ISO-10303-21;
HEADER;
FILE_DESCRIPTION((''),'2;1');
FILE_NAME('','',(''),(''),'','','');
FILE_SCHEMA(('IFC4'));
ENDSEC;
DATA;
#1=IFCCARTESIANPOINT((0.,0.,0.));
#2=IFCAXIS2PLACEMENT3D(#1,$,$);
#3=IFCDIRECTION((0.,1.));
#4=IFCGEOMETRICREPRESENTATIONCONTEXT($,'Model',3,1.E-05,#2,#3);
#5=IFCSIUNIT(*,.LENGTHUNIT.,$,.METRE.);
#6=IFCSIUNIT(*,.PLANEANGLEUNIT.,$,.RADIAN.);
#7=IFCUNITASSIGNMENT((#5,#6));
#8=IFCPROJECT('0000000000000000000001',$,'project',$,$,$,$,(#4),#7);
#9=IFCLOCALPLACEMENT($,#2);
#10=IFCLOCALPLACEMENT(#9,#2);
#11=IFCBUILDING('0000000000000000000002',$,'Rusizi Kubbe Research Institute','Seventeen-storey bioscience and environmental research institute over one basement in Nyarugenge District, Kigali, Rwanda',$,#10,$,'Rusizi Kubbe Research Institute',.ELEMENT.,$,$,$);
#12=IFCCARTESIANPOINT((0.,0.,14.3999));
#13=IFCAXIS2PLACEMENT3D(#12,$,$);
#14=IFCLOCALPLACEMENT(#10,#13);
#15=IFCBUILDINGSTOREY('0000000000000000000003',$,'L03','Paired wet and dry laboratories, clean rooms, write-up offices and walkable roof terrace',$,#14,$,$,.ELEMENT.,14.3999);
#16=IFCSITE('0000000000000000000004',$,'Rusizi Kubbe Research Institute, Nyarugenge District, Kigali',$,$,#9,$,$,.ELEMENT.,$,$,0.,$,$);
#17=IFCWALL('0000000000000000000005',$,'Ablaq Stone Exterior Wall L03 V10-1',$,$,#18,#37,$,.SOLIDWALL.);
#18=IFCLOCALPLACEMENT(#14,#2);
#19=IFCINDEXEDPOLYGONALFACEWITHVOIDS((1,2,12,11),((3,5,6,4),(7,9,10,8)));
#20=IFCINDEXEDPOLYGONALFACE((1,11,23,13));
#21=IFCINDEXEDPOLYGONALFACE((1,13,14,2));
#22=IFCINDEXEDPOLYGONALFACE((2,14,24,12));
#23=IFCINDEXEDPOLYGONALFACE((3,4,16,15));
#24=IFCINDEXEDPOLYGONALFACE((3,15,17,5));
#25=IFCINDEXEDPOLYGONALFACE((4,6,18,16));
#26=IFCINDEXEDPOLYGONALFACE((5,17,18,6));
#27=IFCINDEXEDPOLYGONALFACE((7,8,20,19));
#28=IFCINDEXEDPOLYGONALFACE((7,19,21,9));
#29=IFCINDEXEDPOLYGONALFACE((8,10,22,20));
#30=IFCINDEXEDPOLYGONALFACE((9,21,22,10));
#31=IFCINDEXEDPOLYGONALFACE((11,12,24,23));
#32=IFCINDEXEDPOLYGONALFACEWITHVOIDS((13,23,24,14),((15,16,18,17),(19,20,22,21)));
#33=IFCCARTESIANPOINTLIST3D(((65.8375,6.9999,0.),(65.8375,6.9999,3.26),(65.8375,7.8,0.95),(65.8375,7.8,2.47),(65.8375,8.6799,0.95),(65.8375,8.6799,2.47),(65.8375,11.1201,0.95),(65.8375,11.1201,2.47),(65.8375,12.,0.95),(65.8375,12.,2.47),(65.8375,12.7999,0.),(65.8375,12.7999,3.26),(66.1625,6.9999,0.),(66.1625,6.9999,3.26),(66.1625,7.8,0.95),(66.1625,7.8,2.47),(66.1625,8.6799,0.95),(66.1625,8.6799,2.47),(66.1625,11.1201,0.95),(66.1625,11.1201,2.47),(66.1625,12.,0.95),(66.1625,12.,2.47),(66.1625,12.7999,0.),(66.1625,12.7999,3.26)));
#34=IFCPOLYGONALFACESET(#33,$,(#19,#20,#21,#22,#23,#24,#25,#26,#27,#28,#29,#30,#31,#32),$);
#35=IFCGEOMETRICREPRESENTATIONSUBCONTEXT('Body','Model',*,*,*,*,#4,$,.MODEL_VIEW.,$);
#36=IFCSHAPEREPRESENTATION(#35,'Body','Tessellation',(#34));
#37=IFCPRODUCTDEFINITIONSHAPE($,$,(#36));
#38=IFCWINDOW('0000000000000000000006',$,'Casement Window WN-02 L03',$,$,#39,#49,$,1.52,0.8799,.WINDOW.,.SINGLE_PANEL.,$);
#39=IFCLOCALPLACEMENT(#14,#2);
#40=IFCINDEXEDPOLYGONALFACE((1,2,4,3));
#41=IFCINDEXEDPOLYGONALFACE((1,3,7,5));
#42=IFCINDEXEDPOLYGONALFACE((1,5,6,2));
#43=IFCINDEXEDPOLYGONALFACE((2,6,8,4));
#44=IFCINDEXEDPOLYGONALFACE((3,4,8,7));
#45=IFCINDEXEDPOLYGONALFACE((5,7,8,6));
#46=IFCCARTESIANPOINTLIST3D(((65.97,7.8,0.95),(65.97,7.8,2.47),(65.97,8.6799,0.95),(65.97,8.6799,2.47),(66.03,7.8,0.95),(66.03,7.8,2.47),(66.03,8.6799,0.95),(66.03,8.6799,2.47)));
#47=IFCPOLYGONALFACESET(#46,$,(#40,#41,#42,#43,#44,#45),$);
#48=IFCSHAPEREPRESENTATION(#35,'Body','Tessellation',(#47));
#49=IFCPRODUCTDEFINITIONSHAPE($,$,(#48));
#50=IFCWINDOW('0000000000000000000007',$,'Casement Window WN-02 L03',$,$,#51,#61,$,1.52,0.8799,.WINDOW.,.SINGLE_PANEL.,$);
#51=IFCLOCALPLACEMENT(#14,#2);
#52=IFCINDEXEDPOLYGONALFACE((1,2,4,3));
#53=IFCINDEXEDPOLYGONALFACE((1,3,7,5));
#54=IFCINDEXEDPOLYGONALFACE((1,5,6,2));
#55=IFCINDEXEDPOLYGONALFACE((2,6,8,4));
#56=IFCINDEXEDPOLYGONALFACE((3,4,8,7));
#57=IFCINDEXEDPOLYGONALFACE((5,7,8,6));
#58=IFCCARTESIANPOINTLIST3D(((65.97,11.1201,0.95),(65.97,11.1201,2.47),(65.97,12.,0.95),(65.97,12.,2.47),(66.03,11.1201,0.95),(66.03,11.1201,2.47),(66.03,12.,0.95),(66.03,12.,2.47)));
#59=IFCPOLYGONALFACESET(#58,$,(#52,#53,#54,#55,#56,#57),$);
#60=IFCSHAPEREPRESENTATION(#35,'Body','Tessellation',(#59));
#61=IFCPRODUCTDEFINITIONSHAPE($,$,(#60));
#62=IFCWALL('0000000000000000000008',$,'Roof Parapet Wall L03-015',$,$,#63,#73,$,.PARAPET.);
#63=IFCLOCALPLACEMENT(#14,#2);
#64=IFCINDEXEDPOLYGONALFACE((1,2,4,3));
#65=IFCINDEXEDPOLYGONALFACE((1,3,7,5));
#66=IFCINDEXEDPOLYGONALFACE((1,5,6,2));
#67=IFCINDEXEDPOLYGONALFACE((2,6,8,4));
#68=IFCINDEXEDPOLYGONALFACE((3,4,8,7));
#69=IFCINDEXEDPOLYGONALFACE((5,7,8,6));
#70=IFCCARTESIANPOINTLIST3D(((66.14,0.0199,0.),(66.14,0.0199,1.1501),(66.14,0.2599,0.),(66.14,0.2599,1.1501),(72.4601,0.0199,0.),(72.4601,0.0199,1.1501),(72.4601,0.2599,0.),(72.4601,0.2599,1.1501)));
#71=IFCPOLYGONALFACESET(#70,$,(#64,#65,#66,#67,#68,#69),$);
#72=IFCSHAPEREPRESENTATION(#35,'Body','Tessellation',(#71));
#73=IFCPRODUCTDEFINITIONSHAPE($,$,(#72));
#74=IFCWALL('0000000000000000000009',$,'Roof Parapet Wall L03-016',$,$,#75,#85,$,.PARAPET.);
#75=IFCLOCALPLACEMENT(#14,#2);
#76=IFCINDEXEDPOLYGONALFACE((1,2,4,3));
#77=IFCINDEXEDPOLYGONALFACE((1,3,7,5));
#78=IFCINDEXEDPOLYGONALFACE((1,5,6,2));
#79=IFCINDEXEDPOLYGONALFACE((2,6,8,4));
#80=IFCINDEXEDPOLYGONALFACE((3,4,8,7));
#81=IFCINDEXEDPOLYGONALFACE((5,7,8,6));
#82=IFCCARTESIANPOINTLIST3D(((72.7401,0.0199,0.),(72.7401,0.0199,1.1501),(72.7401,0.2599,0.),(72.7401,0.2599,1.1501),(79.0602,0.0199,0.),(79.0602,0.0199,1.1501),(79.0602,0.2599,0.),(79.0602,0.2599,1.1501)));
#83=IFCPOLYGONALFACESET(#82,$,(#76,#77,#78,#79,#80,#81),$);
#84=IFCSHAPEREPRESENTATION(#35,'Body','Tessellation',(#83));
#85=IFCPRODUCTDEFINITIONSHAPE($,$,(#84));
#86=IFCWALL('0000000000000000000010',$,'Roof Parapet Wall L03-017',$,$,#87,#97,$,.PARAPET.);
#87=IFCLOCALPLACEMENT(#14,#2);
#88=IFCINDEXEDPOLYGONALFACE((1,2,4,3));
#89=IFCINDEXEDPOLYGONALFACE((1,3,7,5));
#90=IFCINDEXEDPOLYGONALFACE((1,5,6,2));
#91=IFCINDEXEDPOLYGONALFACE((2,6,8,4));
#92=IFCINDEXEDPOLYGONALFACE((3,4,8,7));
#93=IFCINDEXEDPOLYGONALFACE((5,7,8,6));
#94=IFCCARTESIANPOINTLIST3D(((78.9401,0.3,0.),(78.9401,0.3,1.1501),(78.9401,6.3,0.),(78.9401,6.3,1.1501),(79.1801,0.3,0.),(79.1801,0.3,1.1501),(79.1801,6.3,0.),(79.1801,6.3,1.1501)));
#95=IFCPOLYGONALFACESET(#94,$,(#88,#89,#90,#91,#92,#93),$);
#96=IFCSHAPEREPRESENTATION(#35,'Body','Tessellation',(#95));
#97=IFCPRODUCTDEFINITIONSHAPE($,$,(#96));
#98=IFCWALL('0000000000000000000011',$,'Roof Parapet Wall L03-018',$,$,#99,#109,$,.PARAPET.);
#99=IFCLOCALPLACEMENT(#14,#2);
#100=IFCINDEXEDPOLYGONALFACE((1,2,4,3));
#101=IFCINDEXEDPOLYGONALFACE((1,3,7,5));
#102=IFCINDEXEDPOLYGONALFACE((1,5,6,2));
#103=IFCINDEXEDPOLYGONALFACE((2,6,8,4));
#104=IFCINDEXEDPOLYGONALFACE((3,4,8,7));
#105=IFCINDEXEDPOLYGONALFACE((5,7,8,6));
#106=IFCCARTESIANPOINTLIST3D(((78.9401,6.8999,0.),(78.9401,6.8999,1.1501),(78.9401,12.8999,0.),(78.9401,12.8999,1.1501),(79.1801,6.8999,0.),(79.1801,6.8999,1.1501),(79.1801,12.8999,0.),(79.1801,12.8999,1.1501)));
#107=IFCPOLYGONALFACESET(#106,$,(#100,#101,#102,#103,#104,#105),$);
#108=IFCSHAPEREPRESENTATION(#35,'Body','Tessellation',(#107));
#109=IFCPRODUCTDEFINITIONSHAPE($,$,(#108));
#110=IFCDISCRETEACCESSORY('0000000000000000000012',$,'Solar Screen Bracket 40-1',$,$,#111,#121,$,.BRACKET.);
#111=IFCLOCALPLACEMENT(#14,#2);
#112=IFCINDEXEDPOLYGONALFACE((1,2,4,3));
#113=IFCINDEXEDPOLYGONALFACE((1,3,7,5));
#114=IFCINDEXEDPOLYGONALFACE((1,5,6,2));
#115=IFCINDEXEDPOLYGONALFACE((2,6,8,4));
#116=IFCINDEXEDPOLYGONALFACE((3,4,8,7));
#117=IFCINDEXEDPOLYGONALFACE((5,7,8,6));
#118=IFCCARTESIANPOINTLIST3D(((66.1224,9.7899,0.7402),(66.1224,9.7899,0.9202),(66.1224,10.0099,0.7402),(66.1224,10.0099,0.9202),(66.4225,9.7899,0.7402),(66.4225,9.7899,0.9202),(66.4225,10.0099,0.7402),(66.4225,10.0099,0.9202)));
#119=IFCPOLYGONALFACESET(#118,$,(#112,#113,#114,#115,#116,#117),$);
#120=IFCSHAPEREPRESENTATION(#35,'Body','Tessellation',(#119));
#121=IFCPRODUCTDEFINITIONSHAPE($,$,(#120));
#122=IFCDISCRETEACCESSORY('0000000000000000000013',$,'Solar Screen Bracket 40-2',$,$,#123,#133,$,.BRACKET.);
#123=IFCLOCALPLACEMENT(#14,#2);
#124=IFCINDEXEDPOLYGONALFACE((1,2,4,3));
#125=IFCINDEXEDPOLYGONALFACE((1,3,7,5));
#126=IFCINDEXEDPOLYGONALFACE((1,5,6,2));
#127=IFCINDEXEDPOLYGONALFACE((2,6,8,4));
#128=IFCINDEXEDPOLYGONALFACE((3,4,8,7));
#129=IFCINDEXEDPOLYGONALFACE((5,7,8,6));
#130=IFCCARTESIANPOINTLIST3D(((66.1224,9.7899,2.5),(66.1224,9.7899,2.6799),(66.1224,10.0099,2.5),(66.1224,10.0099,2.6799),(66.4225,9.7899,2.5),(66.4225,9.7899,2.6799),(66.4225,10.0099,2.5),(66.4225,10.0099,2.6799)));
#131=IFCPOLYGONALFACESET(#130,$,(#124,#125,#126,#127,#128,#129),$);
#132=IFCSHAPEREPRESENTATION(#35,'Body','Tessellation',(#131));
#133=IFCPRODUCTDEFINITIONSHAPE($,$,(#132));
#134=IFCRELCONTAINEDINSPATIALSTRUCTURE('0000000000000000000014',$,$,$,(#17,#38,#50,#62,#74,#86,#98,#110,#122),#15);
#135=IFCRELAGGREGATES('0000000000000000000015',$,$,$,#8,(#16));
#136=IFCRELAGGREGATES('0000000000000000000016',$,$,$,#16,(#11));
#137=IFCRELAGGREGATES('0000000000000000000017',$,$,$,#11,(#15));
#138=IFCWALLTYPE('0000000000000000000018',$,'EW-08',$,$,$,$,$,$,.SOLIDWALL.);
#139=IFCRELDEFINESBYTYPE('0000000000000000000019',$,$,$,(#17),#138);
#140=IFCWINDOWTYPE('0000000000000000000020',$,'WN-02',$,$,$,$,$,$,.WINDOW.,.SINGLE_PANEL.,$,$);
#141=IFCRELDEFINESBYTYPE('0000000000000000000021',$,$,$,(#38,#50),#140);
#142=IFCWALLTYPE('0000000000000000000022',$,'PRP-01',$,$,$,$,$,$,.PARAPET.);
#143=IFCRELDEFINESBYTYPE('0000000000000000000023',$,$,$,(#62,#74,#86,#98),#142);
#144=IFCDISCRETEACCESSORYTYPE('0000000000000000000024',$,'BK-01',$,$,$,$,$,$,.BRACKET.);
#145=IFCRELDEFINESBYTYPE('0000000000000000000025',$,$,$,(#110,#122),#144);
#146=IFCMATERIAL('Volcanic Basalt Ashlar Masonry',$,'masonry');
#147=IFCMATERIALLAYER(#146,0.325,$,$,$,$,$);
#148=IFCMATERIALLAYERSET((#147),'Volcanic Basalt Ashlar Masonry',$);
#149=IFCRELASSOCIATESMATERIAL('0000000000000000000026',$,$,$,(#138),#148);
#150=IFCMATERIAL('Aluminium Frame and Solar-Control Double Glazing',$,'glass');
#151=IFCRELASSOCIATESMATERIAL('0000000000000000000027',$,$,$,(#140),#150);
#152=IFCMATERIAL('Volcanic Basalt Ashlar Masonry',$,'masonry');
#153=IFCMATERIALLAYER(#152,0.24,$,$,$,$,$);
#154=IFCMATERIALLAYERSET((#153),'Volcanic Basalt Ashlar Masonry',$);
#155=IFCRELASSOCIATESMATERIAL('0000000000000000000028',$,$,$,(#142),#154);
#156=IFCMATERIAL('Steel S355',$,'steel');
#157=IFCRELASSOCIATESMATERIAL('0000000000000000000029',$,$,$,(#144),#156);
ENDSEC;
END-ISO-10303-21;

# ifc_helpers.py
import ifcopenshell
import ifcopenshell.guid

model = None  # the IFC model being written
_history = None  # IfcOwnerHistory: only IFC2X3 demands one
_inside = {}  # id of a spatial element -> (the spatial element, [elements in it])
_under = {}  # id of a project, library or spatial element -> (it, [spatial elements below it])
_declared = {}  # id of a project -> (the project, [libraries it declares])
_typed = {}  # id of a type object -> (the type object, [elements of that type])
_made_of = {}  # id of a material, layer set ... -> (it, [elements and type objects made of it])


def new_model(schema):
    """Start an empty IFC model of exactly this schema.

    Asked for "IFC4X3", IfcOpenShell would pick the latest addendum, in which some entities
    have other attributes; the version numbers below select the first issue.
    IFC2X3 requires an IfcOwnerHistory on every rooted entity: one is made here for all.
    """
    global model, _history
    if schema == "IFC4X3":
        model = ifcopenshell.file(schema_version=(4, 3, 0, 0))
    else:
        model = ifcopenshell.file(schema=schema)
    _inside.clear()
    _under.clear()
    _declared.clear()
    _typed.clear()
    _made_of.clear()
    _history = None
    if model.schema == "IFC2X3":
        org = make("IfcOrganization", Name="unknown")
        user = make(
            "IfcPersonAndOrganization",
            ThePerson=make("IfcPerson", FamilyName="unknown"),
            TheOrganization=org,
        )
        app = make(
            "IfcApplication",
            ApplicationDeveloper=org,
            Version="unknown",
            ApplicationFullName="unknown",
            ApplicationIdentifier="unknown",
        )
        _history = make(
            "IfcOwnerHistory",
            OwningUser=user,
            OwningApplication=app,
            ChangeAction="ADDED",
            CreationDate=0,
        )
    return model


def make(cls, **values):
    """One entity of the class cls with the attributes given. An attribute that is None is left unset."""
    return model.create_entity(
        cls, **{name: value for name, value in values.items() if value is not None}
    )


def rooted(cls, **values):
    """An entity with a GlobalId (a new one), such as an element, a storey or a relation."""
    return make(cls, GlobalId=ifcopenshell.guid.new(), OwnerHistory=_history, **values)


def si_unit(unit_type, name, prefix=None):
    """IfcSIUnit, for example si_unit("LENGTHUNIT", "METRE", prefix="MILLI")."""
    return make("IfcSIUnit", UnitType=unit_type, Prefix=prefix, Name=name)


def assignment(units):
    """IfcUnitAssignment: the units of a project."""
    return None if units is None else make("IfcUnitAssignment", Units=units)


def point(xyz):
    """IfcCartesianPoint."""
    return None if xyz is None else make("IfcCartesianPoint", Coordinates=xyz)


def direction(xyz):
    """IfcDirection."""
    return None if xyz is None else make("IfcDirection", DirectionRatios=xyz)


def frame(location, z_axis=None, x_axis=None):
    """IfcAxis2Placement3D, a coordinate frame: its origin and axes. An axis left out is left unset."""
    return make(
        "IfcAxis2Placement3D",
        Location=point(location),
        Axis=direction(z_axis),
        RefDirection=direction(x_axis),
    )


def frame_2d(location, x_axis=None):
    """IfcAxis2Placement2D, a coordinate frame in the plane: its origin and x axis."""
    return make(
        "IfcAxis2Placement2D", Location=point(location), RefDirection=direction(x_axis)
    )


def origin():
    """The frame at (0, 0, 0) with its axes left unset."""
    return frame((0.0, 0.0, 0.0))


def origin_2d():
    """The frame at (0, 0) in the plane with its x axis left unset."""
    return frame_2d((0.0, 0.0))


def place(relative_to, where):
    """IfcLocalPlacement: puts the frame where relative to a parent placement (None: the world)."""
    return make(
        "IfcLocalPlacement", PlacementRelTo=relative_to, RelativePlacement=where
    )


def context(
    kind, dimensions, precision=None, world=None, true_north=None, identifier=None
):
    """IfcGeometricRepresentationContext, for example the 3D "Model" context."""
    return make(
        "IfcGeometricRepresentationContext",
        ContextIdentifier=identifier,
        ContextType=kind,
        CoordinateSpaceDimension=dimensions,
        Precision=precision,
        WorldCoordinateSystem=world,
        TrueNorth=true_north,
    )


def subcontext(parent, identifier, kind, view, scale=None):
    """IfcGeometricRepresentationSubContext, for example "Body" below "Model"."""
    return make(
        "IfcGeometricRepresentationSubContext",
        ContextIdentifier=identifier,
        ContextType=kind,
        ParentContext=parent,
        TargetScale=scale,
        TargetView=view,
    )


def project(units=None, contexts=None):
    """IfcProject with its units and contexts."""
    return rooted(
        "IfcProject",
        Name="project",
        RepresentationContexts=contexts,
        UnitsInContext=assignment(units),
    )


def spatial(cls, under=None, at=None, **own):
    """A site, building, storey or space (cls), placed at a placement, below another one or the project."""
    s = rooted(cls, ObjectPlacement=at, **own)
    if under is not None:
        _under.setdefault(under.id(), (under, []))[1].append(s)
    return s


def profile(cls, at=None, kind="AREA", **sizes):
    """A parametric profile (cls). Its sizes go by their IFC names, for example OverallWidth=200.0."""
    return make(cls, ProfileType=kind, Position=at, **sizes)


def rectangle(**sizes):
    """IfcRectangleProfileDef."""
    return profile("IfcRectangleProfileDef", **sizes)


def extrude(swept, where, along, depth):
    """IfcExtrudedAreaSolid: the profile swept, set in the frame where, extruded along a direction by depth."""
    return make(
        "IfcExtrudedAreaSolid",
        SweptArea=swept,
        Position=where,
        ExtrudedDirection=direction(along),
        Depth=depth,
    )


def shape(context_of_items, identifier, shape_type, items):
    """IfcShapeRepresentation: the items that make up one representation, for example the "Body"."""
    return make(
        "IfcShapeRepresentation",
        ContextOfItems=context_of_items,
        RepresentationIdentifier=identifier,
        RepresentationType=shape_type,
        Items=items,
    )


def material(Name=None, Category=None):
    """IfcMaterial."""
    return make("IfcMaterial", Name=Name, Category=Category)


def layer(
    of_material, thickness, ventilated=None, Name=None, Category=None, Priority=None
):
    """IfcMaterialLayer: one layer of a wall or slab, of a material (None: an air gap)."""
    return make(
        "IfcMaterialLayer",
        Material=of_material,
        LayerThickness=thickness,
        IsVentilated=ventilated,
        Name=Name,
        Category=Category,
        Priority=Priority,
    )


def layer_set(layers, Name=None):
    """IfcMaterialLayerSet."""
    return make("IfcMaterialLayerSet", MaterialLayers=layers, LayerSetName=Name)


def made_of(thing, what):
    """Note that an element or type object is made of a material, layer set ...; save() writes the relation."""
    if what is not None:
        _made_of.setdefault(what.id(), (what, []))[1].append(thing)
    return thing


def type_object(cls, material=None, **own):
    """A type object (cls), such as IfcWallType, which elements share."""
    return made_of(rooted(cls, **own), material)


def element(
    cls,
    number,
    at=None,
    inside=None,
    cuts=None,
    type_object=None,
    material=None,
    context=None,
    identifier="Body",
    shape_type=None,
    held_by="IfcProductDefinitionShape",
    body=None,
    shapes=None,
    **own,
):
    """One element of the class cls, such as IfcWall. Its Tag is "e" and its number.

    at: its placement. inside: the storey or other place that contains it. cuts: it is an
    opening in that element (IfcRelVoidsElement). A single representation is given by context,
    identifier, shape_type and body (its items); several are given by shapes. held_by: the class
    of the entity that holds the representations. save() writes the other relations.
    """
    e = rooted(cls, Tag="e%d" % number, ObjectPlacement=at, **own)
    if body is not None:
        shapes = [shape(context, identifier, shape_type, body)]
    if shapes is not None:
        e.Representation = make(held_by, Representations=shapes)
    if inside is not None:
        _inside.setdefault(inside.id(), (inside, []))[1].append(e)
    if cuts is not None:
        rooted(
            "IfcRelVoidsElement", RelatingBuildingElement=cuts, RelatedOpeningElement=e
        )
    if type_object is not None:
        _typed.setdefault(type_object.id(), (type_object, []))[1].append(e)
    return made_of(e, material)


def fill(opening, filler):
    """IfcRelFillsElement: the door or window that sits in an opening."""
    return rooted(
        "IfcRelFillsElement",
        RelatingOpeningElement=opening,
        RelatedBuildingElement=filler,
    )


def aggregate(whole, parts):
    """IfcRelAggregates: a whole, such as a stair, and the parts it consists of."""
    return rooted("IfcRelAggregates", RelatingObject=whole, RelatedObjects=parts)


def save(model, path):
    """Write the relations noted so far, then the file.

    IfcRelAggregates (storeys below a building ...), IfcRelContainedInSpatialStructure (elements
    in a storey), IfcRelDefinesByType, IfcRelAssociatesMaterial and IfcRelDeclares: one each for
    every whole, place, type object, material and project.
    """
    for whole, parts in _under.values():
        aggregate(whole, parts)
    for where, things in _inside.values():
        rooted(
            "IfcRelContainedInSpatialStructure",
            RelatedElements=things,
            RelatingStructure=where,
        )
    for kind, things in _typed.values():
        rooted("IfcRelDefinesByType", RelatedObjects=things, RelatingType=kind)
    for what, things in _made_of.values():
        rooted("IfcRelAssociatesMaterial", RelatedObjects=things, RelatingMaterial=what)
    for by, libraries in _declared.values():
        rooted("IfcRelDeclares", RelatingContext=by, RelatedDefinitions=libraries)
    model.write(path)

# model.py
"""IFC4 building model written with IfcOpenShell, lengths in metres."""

from ifc_helpers import new_model, si_unit, direction, frame, frame_2d, origin, origin_2d, place, context, subcontext, project, spatial, rectangle, extrude, material, layer, layer_set, type_object, element, fill, save


model = new_model("IFC4")

# Units and contexts
model_context = context("Model", 3, precision=1e-05, world=origin(), true_north=direction((0.0, 1.0)))
body_context = subcontext(model_context, "Body", "Model", "MODEL_VIEW")
ifc_project = project(units=[si_unit("LENGTHUNIT", "METRE"), si_unit("PLANEANGLEUNIT", "RADIAN")], contexts=[model_context])

# Site, building, storey
site_placement = place(None, origin())
site = spatial("IfcSite", under=ifc_project, at=site_placement, Name="Rusizi Kubbe Research Institute, Nyarugenge District, Kigali", CompositionType="ELEMENT", RefElevation=0.0)
building_placement = place(site_placement, origin())
building = spatial("IfcBuilding", under=site, at=building_placement, Name="Rusizi Kubbe Research Institute", Description="Seventeen-storey bioscience and environmental research institute over one basement in Nyarugenge District, Kigali, Rwanda", LongName="Rusizi Kubbe Research Institute", CompositionType="ELEMENT")
storey_placement = place(building_placement, frame((0.0, 0.0, 14.3999)))
storey = spatial("IfcBuildingStorey", under=building, at=storey_placement, Name="L03", Description="Paired wet and dry laboratories, clean rooms, write-up offices and walkable roof terrace", CompositionType="ELEMENT", Elevation=14.3999)

# Wall, openings, windows
ifc_material_1 = material(Name="Volcanic Basalt Ashlar Masonry", Category="masonry")
ifc_layer_1 = layer(ifc_material_1, 0.325)
ifc_layer_set_1 = layer_set([ifc_layer_1], Name="Volcanic Basalt Ashlar Masonry")
wall_type_1 = type_object("IfcWallType", Name="EW-08", PredefinedType="SOLIDWALL", material=ifc_layer_set_1)
wall_placement = place(storey_placement, frame((66.0, 7.0, 0.0), z_axis=(0.0, 0.0, 1.0), x_axis=(0.0, 1.0, 0.0)))
wall = element("IfcWall", 1, at=wall_placement, inside=storey, type_object=wall_type_1, Name="Ablaq Stone Exterior Wall L03 V10-1", PredefinedType="SOLIDWALL", context=body_context, shape_type="SweptSolid", body=[
    extrude(rectangle(XDim=5.8, YDim=0.325, at=frame_2d((2.8999, 0.0))), origin(), (0.0, 0.0, 1.0), 3.26),
])
opening_1_placement = place(wall_placement, frame((0.8, 0.0, 0.95)))
opening_1 = element("IfcOpeningElement", 2, at=opening_1_placement, cuts=wall, PredefinedType="OPENING", context=body_context, shape_type="SweptSolid", body=[
    extrude(rectangle(XDim=0.8799, YDim=1.52, at=frame_2d((0.4399, 0.76))), frame((0.0, 0.1724, 0.0), z_axis=(0.0, -1.0, 0.0), x_axis=(1.0, 0.0, 0.0)), (0.0, 0.0, 1.0), 0.345),
])
opening_2_placement = place(wall_placement, frame((4.1201, 0.0, 0.95)))
opening_2 = element("IfcOpeningElement", 3, at=opening_2_placement, cuts=wall, PredefinedType="OPENING", context=body_context, shape_type="SweptSolid", body=[
    extrude(rectangle(XDim=0.8799, YDim=1.52, at=frame_2d((0.4399, 0.76))), frame((0.0, 0.1724, 0.0), z_axis=(0.0, -1.0, 0.0), x_axis=(1.0, 0.0, 0.0)), (0.0, 0.0, 1.0), 0.345),
])
ifc_material_2 = material(Name="Aluminium Frame and Solar-Control Double Glazing", Category="glass")
window_type = type_object("IfcWindowType", Name="WN-02", PartitioningType="SINGLE_PANEL", PredefinedType="WINDOW", material=ifc_material_2)
window_1_placement = place(opening_1_placement, origin())
window_1 = element("IfcWindow", 4, at=window_1_placement, inside=storey, type_object=window_type, Name="Casement Window WN-02 L03", OverallHeight=1.52, OverallWidth=0.8799, PartitioningType="SINGLE_PANEL", PredefinedType="WINDOW", context=body_context, shape_type="SweptSolid", body=[
    extrude(rectangle(XDim=0.8799, YDim=1.52, at=frame_2d((0.4399, 0.76))), frame((0.0, 0.03, 0.0), z_axis=(0.0, -1.0, 0.0), x_axis=(1.0, 0.0, 0.0)), (0.0, 0.0, 1.0), 0.0601),
])
fill(opening_1, window_1)
window_2_placement = place(opening_2_placement, origin())
window_2 = element("IfcWindow", 5, at=window_2_placement, inside=storey, type_object=window_type, Name="Casement Window WN-02 L03", OverallHeight=1.52, OverallWidth=0.8799, PartitioningType="SINGLE_PANEL", PredefinedType="WINDOW", context=body_context, shape_type="SweptSolid", body=[
    extrude(rectangle(XDim=0.8799, YDim=1.52, at=frame_2d((0.4399, 0.76))), frame((0.0, 0.03, 0.0), z_axis=(0.0, -1.0, 0.0), x_axis=(1.0, 0.0, 0.0)), (0.0, 0.0, 1.0), 0.0601),
])
fill(opening_2, window_2)

# Walls
ifc_material_3 = material(Name="Volcanic Basalt Ashlar Masonry", Category="masonry")
ifc_layer_2 = layer(ifc_material_3, 0.24)
ifc_layer_set_2 = layer_set([ifc_layer_2], Name="Volcanic Basalt Ashlar Masonry")
wall_type_2 = type_object("IfcWallType", Name="PRP-01", PredefinedType="PARAPET", material=ifc_layer_set_2)
for number, where, z_axis, x_axis, name in (
    (6, (66.1399, 0.1399, 0.0), (0.0, 0.0, 1.0), (1.0, 0.0, 0.0), "Roof Parapet Wall L03-015"),
    (7, (72.74, 0.1399, 0.0), (0.0, 0.0, 1.0), (1.0, 0.0, 0.0), "Roof Parapet Wall L03-016"),
):
    element("IfcWall", number, at=place(storey_placement, frame(where, z_axis=z_axis, x_axis=x_axis)), inside=storey, type_object=wall_type_2, Name=name, PredefinedType="PARAPET", context=body_context, shape_type="SweptSolid", body=[
        extrude(rectangle(XDim=6.3201, YDim=0.24, at=frame_2d((3.1602, 0.0))), origin(), (0.0, 0.0, 1.0), 1.1501),
    ])
for number, where, z_axis, x_axis, name in (
    (8, (79.0601, 0.3, 0.0), (0.0, 0.0, 1.0), (0.0, 1.0, 0.0), "Roof Parapet Wall L03-017"),
    (9, (79.0601, 6.8999, 0.0), (0.0, 0.0, 1.0), (0.0, 1.0, 0.0), "Roof Parapet Wall L03-018"),
):
    element("IfcWall", number, at=place(storey_placement, frame(where, z_axis=z_axis, x_axis=x_axis)), inside=storey, type_object=wall_type_2, Name=name, PredefinedType="PARAPET", context=body_context, shape_type="SweptSolid", body=[
        extrude(rectangle(XDim=6.0, YDim=0.24, at=frame_2d((3.0, 0.0))), origin(), (0.0, 0.0, 1.0), 1.1501),
    ])

# Discrete accessories
ifc_material_4 = material(Name="Steel S355", Category="steel")
discrete_accessory_type = type_object("IfcDiscreteAccessoryType", Name="BK-01", PredefinedType="BRACKET", material=ifc_material_4)
for number, where, z_axis, x_axis, name in (
    (10, (66.2725, 9.8999, 0.7402), (0.0, 0.0, 1.0), (1.0, 0.0, 0.0), "Solar Screen Bracket 40-1"),
    (11, (66.2725, 9.8999, 2.5), (0.0, 0.0, 1.0), (1.0, 0.0, 0.0), "Solar Screen Bracket 40-2"),
):
    element("IfcDiscreteAccessory", number, at=place(storey_placement, frame(where, z_axis=z_axis, x_axis=x_axis)), inside=storey, type_object=discrete_accessory_type, Name=name, PredefinedType="BRACKET", context=body_context, shape_type="SweptSolid", body=[
        extrude(rectangle(XDim=0.3, YDim=0.22, at=origin_2d()), origin(), (0.0, 0.0, 1.0), 0.1799),
    ])

save(model, "model.ifc")
